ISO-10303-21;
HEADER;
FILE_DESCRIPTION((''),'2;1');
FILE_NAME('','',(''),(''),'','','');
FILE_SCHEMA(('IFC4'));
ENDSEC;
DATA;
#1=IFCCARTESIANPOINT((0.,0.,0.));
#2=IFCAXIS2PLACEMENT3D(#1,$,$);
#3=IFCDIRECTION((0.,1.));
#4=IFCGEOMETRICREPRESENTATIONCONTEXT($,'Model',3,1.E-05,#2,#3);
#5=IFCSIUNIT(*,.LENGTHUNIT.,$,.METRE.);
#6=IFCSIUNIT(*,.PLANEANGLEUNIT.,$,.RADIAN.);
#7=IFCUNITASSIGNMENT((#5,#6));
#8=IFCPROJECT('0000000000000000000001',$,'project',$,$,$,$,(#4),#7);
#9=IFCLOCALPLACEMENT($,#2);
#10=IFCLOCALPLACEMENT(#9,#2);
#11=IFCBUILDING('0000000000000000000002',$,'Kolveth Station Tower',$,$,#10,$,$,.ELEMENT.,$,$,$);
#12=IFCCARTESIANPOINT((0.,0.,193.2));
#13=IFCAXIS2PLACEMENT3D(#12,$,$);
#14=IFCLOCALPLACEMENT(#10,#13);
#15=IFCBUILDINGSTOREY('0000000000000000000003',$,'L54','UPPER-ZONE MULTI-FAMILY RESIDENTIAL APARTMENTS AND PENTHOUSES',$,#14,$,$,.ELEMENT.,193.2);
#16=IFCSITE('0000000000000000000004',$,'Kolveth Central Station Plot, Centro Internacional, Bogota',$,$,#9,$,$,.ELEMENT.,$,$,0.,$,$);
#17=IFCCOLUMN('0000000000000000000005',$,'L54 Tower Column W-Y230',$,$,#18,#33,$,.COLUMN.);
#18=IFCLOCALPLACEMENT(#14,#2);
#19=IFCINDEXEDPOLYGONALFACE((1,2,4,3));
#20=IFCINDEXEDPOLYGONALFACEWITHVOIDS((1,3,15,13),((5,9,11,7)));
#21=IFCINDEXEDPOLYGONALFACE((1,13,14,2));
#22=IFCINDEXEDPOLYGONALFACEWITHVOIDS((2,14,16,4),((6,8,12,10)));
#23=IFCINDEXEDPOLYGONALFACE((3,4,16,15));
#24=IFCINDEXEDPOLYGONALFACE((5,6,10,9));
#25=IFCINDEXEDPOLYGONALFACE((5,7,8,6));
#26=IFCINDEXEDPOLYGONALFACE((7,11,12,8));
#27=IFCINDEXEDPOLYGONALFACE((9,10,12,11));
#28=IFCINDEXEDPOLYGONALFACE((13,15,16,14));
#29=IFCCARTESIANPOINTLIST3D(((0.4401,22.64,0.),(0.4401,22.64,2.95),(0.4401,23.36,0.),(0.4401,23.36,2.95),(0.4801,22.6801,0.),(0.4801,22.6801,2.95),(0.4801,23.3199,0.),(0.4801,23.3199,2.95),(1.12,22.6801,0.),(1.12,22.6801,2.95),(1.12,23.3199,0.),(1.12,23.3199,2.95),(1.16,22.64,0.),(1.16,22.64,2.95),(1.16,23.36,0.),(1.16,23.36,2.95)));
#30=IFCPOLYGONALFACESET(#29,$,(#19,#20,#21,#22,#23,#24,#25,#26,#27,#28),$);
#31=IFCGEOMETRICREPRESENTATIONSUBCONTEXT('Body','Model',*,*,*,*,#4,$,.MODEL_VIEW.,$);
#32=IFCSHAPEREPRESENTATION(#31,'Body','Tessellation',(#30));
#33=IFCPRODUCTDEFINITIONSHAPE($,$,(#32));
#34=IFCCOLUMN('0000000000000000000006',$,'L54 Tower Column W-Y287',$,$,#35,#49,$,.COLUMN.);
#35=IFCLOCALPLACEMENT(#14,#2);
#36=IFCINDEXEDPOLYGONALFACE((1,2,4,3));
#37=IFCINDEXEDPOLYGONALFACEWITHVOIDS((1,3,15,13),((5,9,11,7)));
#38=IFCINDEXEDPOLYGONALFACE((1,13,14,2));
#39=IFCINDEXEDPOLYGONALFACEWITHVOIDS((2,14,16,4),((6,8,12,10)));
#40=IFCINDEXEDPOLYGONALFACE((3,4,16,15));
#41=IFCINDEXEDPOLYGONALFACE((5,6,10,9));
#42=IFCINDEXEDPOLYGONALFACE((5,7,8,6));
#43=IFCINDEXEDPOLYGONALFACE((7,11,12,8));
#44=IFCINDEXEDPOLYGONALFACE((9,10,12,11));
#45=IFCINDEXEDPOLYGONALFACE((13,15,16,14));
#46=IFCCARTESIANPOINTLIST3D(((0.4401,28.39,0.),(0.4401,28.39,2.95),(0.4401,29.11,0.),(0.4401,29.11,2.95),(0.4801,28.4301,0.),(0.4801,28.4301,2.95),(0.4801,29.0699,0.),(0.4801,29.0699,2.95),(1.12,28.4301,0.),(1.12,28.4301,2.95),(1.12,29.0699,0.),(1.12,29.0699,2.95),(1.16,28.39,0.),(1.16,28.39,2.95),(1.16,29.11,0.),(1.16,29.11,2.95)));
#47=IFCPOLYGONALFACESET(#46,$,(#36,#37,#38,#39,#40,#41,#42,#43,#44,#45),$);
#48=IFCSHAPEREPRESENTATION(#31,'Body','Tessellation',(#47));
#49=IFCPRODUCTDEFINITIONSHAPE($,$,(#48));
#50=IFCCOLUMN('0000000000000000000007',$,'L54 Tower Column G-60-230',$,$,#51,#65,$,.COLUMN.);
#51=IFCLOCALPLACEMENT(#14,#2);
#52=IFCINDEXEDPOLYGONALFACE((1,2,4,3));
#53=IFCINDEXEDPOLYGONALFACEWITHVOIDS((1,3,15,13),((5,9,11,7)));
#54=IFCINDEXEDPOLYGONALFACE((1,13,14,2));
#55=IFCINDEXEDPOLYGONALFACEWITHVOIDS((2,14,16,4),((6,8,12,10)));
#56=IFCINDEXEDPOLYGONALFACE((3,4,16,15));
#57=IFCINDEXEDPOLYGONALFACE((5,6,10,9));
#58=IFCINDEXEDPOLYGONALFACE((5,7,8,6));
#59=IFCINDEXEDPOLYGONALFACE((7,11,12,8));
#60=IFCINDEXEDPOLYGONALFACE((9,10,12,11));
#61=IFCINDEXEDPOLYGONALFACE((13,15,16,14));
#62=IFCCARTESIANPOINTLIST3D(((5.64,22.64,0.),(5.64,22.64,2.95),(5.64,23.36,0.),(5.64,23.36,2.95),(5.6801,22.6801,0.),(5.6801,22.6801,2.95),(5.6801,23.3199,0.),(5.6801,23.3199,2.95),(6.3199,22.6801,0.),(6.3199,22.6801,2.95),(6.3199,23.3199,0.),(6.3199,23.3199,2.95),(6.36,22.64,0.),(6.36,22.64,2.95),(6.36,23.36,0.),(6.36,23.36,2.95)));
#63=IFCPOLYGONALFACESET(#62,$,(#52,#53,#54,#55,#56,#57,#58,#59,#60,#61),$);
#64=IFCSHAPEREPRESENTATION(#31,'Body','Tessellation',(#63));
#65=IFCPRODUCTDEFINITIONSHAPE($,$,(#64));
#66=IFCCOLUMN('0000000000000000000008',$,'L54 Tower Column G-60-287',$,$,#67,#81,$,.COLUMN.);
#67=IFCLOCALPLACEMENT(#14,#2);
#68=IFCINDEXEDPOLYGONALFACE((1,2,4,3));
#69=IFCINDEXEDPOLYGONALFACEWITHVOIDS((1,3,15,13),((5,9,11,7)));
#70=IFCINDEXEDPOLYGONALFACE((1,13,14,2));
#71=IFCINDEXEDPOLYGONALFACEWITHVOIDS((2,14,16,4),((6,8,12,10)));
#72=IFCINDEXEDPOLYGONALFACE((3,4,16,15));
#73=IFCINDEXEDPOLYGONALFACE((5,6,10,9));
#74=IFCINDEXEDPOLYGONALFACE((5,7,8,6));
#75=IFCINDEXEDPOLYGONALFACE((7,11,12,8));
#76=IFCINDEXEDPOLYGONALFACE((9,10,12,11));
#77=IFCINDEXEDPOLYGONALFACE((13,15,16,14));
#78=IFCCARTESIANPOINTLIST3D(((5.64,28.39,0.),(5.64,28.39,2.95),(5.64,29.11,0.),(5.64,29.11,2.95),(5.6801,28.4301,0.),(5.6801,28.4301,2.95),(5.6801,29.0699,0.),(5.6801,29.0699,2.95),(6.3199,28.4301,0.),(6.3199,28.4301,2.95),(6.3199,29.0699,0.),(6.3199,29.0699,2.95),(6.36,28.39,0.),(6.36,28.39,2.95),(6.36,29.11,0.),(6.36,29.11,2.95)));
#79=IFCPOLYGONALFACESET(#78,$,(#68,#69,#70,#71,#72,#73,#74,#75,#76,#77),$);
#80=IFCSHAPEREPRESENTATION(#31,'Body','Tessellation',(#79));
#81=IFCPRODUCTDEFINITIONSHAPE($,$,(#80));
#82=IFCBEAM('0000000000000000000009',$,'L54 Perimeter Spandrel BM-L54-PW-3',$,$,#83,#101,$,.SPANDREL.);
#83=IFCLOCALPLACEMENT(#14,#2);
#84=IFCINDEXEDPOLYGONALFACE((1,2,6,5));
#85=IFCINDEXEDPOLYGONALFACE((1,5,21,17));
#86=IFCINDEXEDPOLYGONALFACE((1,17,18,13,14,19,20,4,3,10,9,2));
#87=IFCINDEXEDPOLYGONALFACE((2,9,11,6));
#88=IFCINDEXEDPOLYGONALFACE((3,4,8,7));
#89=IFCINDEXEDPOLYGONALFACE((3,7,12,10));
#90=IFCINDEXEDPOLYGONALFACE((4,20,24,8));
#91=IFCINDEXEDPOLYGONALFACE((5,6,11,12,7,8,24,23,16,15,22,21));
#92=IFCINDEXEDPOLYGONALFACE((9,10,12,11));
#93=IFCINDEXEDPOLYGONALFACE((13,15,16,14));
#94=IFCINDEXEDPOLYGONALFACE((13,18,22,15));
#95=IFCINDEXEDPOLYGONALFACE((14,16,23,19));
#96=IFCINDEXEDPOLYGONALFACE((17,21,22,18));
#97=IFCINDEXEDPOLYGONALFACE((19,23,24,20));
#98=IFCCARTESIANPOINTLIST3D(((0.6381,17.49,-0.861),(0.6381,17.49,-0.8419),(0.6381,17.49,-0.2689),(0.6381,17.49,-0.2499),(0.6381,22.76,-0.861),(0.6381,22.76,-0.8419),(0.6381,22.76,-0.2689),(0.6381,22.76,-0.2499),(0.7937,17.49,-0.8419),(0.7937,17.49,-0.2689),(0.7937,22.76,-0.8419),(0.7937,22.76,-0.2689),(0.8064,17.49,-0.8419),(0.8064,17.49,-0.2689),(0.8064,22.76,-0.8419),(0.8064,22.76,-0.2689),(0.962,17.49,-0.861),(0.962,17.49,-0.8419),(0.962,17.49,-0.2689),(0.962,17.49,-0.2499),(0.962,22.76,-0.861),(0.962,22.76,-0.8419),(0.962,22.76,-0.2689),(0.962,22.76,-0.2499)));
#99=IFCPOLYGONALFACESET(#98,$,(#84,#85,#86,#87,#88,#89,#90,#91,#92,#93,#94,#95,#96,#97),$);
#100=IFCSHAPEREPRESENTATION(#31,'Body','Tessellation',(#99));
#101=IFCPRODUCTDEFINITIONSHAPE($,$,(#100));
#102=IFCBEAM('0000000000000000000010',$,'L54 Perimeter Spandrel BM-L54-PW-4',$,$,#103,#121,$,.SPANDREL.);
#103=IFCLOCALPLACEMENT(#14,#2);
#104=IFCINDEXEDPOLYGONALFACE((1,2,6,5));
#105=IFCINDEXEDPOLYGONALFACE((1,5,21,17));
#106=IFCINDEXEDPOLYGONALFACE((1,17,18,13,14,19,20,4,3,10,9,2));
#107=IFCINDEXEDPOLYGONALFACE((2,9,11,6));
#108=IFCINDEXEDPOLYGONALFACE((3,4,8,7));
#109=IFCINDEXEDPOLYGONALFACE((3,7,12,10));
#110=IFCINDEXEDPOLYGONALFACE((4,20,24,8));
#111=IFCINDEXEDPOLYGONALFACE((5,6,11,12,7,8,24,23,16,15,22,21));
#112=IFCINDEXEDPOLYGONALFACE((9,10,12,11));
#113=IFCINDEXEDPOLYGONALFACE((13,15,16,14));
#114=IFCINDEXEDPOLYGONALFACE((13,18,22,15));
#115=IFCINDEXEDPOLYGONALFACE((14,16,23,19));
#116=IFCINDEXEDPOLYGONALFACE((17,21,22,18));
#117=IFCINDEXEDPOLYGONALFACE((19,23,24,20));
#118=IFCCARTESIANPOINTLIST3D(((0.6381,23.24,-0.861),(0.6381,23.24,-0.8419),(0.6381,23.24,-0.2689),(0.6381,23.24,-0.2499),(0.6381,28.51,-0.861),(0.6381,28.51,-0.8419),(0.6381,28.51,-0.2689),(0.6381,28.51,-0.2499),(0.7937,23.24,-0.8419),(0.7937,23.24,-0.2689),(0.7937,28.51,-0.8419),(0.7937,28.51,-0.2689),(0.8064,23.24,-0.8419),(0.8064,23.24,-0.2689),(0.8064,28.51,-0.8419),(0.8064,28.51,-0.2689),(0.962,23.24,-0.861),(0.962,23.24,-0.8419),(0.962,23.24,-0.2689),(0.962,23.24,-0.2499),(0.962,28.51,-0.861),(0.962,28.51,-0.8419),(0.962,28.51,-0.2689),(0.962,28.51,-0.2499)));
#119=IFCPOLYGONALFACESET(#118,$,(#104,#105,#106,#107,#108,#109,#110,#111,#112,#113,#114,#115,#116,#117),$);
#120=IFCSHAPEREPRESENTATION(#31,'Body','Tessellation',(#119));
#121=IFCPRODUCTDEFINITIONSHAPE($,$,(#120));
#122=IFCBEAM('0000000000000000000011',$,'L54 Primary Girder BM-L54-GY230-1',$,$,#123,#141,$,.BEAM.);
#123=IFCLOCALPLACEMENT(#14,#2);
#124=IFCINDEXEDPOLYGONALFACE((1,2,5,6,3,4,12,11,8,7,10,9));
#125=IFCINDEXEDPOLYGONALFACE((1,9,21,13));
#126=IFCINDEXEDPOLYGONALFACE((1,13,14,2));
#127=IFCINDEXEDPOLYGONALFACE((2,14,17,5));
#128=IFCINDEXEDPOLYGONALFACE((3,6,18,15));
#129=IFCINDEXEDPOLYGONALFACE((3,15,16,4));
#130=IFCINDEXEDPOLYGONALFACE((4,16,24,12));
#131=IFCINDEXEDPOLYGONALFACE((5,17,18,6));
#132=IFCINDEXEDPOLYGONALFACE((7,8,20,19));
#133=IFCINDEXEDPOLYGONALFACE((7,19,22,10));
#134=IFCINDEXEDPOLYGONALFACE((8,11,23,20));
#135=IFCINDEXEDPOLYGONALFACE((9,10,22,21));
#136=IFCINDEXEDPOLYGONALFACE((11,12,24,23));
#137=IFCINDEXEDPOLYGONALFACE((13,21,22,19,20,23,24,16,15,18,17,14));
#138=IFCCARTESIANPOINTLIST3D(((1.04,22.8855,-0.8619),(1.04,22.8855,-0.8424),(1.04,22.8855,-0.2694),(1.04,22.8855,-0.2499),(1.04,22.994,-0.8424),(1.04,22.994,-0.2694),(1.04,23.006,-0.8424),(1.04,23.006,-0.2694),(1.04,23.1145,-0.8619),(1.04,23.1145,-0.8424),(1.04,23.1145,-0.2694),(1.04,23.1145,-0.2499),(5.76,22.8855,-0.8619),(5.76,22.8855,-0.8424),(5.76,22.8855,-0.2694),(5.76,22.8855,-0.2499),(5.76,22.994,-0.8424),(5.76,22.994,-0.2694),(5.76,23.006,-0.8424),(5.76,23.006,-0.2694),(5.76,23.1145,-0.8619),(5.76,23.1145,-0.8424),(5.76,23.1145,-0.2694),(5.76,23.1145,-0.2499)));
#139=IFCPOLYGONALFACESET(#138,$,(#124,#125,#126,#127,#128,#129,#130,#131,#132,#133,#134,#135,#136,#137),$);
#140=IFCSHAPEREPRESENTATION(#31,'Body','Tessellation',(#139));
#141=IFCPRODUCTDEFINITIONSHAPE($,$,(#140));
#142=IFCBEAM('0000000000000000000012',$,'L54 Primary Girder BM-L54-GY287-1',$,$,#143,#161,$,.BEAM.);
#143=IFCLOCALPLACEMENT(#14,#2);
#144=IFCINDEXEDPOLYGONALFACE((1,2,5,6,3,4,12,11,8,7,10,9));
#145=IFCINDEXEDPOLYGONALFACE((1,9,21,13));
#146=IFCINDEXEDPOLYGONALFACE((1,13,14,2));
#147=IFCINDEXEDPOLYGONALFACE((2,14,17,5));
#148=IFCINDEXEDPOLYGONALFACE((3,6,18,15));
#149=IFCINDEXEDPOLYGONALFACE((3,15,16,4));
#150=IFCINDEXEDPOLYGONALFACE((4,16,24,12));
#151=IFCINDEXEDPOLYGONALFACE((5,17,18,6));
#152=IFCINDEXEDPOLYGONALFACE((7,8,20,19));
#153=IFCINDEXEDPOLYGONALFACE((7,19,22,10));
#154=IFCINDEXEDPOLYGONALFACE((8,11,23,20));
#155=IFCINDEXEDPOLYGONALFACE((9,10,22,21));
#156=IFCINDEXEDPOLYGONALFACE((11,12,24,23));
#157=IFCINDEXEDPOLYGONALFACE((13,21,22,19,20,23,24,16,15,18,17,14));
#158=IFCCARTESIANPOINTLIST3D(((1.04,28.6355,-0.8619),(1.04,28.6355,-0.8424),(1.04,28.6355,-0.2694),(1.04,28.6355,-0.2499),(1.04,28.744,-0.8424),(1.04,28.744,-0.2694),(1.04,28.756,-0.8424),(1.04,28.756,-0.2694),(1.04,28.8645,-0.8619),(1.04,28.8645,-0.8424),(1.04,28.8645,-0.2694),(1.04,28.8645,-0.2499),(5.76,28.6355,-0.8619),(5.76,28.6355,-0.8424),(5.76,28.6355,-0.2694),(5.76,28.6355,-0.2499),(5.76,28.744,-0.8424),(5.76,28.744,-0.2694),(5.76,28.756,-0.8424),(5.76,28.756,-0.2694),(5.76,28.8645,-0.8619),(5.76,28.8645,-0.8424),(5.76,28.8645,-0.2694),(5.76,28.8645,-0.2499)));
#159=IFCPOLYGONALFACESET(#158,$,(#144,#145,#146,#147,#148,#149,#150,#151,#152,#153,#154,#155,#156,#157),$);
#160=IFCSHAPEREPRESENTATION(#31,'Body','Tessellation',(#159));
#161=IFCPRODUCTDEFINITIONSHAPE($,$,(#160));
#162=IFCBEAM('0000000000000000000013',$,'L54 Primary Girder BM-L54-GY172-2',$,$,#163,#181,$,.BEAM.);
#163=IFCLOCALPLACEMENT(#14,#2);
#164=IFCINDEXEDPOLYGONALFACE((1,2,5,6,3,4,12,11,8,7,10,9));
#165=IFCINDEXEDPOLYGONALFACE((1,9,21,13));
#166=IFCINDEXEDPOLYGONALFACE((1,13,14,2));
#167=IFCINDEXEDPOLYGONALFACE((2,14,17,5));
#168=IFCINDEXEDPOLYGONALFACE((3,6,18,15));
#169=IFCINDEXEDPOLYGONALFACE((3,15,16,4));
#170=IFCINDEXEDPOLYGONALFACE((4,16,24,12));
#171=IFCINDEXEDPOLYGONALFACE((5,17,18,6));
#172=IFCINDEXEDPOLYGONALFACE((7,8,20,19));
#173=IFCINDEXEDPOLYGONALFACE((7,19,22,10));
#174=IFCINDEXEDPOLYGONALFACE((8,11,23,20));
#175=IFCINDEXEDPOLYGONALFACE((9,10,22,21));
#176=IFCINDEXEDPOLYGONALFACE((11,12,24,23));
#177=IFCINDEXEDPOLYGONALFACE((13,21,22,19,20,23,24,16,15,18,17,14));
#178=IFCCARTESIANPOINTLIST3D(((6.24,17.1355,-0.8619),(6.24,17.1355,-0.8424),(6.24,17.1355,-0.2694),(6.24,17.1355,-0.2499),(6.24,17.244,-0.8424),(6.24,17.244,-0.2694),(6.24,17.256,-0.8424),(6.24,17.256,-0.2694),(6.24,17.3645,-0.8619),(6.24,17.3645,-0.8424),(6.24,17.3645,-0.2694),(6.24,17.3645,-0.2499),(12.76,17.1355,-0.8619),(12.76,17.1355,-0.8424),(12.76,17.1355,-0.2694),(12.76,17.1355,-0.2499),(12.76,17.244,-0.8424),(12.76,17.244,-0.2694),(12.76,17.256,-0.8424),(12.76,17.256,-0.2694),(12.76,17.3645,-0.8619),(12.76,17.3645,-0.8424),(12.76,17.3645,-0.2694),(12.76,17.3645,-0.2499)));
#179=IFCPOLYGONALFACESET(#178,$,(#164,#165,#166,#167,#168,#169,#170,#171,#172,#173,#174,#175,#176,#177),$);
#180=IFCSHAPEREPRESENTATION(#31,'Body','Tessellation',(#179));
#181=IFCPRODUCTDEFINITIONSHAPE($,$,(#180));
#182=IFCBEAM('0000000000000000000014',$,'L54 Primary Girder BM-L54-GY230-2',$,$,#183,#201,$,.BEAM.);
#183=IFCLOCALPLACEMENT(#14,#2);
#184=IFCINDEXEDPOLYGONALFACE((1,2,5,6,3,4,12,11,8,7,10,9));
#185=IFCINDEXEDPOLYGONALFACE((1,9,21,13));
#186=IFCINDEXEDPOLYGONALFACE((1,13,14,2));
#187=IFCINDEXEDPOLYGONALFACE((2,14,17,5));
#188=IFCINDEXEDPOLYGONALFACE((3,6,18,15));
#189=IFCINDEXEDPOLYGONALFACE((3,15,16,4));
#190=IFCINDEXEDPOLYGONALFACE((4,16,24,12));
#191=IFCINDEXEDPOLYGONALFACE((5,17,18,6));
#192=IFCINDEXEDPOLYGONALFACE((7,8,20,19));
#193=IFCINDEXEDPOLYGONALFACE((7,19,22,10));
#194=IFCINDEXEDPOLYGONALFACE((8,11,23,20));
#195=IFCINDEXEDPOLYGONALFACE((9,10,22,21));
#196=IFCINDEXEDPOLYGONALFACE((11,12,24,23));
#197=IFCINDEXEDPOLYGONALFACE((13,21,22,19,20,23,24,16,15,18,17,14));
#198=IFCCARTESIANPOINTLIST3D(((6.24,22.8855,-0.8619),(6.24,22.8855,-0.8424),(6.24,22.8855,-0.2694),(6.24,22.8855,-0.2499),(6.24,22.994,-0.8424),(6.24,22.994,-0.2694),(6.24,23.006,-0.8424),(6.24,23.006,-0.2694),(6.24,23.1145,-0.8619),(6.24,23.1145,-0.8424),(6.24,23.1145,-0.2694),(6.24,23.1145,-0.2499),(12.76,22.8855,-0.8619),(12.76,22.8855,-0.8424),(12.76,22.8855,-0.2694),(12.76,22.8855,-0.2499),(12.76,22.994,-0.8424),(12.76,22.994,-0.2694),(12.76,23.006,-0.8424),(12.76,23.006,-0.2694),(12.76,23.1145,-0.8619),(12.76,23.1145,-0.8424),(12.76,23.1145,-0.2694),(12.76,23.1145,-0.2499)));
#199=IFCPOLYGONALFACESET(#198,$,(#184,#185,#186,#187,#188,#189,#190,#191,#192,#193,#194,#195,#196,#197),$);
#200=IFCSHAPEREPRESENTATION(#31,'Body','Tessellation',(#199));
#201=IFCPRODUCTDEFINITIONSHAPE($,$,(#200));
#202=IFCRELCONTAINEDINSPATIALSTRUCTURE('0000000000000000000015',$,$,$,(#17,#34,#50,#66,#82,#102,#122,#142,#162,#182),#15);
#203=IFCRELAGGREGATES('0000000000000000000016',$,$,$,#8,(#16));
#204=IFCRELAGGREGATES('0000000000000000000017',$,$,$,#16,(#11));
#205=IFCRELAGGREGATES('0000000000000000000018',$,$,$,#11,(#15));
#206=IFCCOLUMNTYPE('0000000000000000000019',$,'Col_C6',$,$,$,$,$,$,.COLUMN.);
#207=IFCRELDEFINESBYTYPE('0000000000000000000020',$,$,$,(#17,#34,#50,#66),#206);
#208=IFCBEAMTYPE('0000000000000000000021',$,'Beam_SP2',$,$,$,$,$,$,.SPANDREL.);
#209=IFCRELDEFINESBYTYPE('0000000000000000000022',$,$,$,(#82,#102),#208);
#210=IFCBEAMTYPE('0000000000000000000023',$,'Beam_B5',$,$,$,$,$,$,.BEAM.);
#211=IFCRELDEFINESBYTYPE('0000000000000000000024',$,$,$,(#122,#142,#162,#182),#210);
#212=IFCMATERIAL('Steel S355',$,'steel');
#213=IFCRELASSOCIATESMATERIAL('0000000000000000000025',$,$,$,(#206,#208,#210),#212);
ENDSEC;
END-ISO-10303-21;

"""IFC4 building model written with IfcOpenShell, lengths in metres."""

from ifc_helpers import new_model, si_unit, direction, frame, origin, origin_2d, place, context, subcontext, project, spatial, hollow_rectangle, i_section, extrude, source, transform, mapped, material, material_profile, profile_set, type_object, element, save


model = new_model("IFC4")

# Units and contexts
model_context = context("Model", 3, precision=1e-05, world=origin(), true_north=direction((0.0, 1.0)))
body_context = subcontext(model_context, "Body", "Model", "MODEL_VIEW")
ifc_project = project(units=[si_unit("LENGTHUNIT", "METRE"), si_unit("PLANEANGLEUNIT", "RADIAN")], contexts=[model_context])

# Site, building, storey
site_placement = place(None, origin())
site = spatial("IfcSite", under=ifc_project, at=site_placement, Name="Kolveth Central Station Plot, Centro Internacional, Bogota", CompositionType="ELEMENT", RefElevation=0.0)
building_placement = place(site_placement, origin())
building = spatial("IfcBuilding", under=site, at=building_placement, Name="Kolveth Station Tower", CompositionType="ELEMENT")
storey_placement = place(building_placement, frame((0.0, 0.0, 193.2)))
storey = spatial("IfcBuildingStorey", under=building, at=storey_placement, Name="L54", Description="UPPER-ZONE MULTI-FAMILY RESIDENTIAL APARTMENTS AND PENTHOUSES", CompositionType="ELEMENT", Elevation=193.2)

# Columns
ifc_material_1 = material(Name="Steel S355", Category="steel")
ifc_material_profile_1 = material_profile(ifc_material_1, hollow_rectangle(XDim=0.72, YDim=0.72, WallThickness=0.04, at=origin_2d()), Name="BOX720x720x40")
ifc_profile_set_1 = profile_set([ifc_material_profile_1], Name="Steel S355")
column_type = type_object("IfcColumnType", Name="Col_C6", PredefinedType="COLUMN", material=ifc_profile_set_1)
shared_shape_1 = source(origin(), body_context, "Body", "SweptSolid", [
    extrude(hollow_rectangle(XDim=0.72, YDim=0.72, WallThickness=0.04, at=origin_2d()), origin(), (0.0, 0.0, 1.0), 2.95),
])
for number, where, z_axis, x_axis, name in (
    (1, (0.8, 23.0, 0.0), (0.0, 0.0, 1.0), (1.0, 0.0, 0.0), "L54 Tower Column W-Y230"),
    (2, (0.8, 28.75, 0.0), (0.0, 0.0, 1.0), (1.0, 0.0, 0.0), "L54 Tower Column W-Y287"),
    (3, (6.0, 23.0, 0.0), (0.0, 0.0, 1.0), (1.0, 0.0, 0.0), "L54 Tower Column G-60-230"),
    (4, (6.0, 28.75, 0.0), (0.0, 0.0, 1.0), (1.0, 0.0, 0.0), "L54 Tower Column G-60-287"),
):
    element("IfcColumn", number, at=place(storey_placement, frame(where, z_axis=z_axis, x_axis=x_axis)), inside=storey, type_object=column_type, Name=name, PredefinedType="COLUMN", context=body_context, shape_type="MappedRepresentation", body=[
        mapped(shared_shape_1, transform((0.0, 0.0, 0.0), x_axis=(1.0, 0.0, 0.0), y_axis=(0.0, 1.0, 0.0), z_axis=(0.0, 0.0, 1.0), scale=1.0)),
    ])

# Beams
ifc_material_profile_2 = material_profile(ifc_material_1, i_section(OverallWidth=0.324, OverallDepth=0.6111, WebThickness=0.0127, FlangeThickness=0.019, at=origin_2d()), Name="W610x155")
ifc_profile_set_2 = profile_set([ifc_material_profile_2], Name="Steel S355")
beam_type_1 = type_object("IfcBeamType", Name="Beam_SP2", PredefinedType="SPANDREL", material=ifc_profile_set_2)
shared_shape_2 = source(origin(), body_context, "Body", "SweptSolid", [
    extrude(i_section(OverallWidth=0.324, OverallDepth=0.6111, WebThickness=0.0127, FlangeThickness=0.019, at=origin_2d()), origin(), (0.0, 0.0, 1.0), 5.27),
])
for number, where, z_axis, x_axis, name in (
    (5, (0.8, 17.49, -0.5554), (0.0, 1.0, 0.0), (-1.0, 0.0, 0.0), "L54 Perimeter Spandrel BM-L54-PW-3"),
    (6, (0.8, 23.24, -0.5554), (0.0, 1.0, 0.0), (-1.0, 0.0, 0.0), "L54 Perimeter Spandrel BM-L54-PW-4"),
):
    element("IfcBeam", number, at=place(storey_placement, frame(where, z_axis=z_axis, x_axis=x_axis)), inside=storey, type_object=beam_type_1, Name=name, PredefinedType="SPANDREL", context=body_context, shape_type="MappedRepresentation", body=[
        mapped(shared_shape_2, transform((0.0, 0.0, 0.0), x_axis=(1.0, 0.0, 0.0), y_axis=(0.0, 1.0, 0.0), z_axis=(0.0, 0.0, 1.0), scale=1.0)),
    ])
ifc_material_profile_3 = material_profile(ifc_material_1, i_section(OverallWidth=0.229, OverallDepth=0.6121, WebThickness=0.012, FlangeThickness=0.0195, at=origin_2d()), Name="W610x125")
ifc_profile_set_3 = profile_set([ifc_material_profile_3], Name="Steel S355")
beam_type_2 = type_object("IfcBeamType", Name="Beam_B5", PredefinedType="BEAM", material=ifc_profile_set_3)
shared_shape_3 = source(origin(), body_context, "Body", "SweptSolid", [
    extrude(i_section(OverallWidth=0.229, OverallDepth=0.6121, WebThickness=0.012, FlangeThickness=0.0195, at=origin_2d()), origin(), (0.0, 0.0, 1.0), 4.72),
])
for number, where, z_axis, x_axis, name in (
    (7, (1.04, 23.0, -0.5559), (1.0, 0.0, 0.0), (0.0, 1.0, 0.0), "L54 Primary Girder BM-L54-GY230-1"),
    (8, (1.04, 28.75, -0.5559), (1.0, 0.0, 0.0), (0.0, 1.0, 0.0), "L54 Primary Girder BM-L54-GY287-1"),
):
    element("IfcBeam", number, at=place(storey_placement, frame(where, z_axis=z_axis, x_axis=x_axis)), inside=storey, type_object=beam_type_2, Name=name, PredefinedType="BEAM", context=body_context, shape_type="MappedRepresentation", body=[
        mapped(shared_shape_3, transform((0.0, 0.0, 0.0), x_axis=(1.0, 0.0, 0.0), y_axis=(0.0, 1.0, 0.0), z_axis=(0.0, 0.0, 1.0), scale=1.0)),
    ])
shared_shape_4 = source(origin(), body_context, "Body", "SweptSolid", [
    extrude(i_section(OverallWidth=0.229, OverallDepth=0.6121, WebThickness=0.012, FlangeThickness=0.0195, at=origin_2d()), origin(), (0.0, 0.0, 1.0), 6.52),
])
for number, where, z_axis, x_axis, name in (
    (9, (6.24, 17.25, -0.5559), (1.0, 0.0, 0.0), (0.0, 1.0, 0.0), "L54 Primary Girder BM-L54-GY172-2"),
    (10, (6.24, 23.0, -0.5559), (1.0, 0.0, 0.0), (0.0, 1.0, 0.0), "L54 Primary Girder BM-L54-GY230-2"),
):
    element("IfcBeam", number, at=place(storey_placement, frame(where, z_axis=z_axis, x_axis=x_axis)), inside=storey, type_object=beam_type_2, Name=name, PredefinedType="BEAM", context=body_context, shape_type="MappedRepresentation", body=[
        mapped(shared_shape_4, transform((0.0, 0.0, 0.0), x_axis=(1.0, 0.0, 0.0), y_axis=(0.0, 1.0, 0.0), z_axis=(0.0, 0.0, 1.0), scale=1.0)),
    ])

save(model, "model.ifc")
